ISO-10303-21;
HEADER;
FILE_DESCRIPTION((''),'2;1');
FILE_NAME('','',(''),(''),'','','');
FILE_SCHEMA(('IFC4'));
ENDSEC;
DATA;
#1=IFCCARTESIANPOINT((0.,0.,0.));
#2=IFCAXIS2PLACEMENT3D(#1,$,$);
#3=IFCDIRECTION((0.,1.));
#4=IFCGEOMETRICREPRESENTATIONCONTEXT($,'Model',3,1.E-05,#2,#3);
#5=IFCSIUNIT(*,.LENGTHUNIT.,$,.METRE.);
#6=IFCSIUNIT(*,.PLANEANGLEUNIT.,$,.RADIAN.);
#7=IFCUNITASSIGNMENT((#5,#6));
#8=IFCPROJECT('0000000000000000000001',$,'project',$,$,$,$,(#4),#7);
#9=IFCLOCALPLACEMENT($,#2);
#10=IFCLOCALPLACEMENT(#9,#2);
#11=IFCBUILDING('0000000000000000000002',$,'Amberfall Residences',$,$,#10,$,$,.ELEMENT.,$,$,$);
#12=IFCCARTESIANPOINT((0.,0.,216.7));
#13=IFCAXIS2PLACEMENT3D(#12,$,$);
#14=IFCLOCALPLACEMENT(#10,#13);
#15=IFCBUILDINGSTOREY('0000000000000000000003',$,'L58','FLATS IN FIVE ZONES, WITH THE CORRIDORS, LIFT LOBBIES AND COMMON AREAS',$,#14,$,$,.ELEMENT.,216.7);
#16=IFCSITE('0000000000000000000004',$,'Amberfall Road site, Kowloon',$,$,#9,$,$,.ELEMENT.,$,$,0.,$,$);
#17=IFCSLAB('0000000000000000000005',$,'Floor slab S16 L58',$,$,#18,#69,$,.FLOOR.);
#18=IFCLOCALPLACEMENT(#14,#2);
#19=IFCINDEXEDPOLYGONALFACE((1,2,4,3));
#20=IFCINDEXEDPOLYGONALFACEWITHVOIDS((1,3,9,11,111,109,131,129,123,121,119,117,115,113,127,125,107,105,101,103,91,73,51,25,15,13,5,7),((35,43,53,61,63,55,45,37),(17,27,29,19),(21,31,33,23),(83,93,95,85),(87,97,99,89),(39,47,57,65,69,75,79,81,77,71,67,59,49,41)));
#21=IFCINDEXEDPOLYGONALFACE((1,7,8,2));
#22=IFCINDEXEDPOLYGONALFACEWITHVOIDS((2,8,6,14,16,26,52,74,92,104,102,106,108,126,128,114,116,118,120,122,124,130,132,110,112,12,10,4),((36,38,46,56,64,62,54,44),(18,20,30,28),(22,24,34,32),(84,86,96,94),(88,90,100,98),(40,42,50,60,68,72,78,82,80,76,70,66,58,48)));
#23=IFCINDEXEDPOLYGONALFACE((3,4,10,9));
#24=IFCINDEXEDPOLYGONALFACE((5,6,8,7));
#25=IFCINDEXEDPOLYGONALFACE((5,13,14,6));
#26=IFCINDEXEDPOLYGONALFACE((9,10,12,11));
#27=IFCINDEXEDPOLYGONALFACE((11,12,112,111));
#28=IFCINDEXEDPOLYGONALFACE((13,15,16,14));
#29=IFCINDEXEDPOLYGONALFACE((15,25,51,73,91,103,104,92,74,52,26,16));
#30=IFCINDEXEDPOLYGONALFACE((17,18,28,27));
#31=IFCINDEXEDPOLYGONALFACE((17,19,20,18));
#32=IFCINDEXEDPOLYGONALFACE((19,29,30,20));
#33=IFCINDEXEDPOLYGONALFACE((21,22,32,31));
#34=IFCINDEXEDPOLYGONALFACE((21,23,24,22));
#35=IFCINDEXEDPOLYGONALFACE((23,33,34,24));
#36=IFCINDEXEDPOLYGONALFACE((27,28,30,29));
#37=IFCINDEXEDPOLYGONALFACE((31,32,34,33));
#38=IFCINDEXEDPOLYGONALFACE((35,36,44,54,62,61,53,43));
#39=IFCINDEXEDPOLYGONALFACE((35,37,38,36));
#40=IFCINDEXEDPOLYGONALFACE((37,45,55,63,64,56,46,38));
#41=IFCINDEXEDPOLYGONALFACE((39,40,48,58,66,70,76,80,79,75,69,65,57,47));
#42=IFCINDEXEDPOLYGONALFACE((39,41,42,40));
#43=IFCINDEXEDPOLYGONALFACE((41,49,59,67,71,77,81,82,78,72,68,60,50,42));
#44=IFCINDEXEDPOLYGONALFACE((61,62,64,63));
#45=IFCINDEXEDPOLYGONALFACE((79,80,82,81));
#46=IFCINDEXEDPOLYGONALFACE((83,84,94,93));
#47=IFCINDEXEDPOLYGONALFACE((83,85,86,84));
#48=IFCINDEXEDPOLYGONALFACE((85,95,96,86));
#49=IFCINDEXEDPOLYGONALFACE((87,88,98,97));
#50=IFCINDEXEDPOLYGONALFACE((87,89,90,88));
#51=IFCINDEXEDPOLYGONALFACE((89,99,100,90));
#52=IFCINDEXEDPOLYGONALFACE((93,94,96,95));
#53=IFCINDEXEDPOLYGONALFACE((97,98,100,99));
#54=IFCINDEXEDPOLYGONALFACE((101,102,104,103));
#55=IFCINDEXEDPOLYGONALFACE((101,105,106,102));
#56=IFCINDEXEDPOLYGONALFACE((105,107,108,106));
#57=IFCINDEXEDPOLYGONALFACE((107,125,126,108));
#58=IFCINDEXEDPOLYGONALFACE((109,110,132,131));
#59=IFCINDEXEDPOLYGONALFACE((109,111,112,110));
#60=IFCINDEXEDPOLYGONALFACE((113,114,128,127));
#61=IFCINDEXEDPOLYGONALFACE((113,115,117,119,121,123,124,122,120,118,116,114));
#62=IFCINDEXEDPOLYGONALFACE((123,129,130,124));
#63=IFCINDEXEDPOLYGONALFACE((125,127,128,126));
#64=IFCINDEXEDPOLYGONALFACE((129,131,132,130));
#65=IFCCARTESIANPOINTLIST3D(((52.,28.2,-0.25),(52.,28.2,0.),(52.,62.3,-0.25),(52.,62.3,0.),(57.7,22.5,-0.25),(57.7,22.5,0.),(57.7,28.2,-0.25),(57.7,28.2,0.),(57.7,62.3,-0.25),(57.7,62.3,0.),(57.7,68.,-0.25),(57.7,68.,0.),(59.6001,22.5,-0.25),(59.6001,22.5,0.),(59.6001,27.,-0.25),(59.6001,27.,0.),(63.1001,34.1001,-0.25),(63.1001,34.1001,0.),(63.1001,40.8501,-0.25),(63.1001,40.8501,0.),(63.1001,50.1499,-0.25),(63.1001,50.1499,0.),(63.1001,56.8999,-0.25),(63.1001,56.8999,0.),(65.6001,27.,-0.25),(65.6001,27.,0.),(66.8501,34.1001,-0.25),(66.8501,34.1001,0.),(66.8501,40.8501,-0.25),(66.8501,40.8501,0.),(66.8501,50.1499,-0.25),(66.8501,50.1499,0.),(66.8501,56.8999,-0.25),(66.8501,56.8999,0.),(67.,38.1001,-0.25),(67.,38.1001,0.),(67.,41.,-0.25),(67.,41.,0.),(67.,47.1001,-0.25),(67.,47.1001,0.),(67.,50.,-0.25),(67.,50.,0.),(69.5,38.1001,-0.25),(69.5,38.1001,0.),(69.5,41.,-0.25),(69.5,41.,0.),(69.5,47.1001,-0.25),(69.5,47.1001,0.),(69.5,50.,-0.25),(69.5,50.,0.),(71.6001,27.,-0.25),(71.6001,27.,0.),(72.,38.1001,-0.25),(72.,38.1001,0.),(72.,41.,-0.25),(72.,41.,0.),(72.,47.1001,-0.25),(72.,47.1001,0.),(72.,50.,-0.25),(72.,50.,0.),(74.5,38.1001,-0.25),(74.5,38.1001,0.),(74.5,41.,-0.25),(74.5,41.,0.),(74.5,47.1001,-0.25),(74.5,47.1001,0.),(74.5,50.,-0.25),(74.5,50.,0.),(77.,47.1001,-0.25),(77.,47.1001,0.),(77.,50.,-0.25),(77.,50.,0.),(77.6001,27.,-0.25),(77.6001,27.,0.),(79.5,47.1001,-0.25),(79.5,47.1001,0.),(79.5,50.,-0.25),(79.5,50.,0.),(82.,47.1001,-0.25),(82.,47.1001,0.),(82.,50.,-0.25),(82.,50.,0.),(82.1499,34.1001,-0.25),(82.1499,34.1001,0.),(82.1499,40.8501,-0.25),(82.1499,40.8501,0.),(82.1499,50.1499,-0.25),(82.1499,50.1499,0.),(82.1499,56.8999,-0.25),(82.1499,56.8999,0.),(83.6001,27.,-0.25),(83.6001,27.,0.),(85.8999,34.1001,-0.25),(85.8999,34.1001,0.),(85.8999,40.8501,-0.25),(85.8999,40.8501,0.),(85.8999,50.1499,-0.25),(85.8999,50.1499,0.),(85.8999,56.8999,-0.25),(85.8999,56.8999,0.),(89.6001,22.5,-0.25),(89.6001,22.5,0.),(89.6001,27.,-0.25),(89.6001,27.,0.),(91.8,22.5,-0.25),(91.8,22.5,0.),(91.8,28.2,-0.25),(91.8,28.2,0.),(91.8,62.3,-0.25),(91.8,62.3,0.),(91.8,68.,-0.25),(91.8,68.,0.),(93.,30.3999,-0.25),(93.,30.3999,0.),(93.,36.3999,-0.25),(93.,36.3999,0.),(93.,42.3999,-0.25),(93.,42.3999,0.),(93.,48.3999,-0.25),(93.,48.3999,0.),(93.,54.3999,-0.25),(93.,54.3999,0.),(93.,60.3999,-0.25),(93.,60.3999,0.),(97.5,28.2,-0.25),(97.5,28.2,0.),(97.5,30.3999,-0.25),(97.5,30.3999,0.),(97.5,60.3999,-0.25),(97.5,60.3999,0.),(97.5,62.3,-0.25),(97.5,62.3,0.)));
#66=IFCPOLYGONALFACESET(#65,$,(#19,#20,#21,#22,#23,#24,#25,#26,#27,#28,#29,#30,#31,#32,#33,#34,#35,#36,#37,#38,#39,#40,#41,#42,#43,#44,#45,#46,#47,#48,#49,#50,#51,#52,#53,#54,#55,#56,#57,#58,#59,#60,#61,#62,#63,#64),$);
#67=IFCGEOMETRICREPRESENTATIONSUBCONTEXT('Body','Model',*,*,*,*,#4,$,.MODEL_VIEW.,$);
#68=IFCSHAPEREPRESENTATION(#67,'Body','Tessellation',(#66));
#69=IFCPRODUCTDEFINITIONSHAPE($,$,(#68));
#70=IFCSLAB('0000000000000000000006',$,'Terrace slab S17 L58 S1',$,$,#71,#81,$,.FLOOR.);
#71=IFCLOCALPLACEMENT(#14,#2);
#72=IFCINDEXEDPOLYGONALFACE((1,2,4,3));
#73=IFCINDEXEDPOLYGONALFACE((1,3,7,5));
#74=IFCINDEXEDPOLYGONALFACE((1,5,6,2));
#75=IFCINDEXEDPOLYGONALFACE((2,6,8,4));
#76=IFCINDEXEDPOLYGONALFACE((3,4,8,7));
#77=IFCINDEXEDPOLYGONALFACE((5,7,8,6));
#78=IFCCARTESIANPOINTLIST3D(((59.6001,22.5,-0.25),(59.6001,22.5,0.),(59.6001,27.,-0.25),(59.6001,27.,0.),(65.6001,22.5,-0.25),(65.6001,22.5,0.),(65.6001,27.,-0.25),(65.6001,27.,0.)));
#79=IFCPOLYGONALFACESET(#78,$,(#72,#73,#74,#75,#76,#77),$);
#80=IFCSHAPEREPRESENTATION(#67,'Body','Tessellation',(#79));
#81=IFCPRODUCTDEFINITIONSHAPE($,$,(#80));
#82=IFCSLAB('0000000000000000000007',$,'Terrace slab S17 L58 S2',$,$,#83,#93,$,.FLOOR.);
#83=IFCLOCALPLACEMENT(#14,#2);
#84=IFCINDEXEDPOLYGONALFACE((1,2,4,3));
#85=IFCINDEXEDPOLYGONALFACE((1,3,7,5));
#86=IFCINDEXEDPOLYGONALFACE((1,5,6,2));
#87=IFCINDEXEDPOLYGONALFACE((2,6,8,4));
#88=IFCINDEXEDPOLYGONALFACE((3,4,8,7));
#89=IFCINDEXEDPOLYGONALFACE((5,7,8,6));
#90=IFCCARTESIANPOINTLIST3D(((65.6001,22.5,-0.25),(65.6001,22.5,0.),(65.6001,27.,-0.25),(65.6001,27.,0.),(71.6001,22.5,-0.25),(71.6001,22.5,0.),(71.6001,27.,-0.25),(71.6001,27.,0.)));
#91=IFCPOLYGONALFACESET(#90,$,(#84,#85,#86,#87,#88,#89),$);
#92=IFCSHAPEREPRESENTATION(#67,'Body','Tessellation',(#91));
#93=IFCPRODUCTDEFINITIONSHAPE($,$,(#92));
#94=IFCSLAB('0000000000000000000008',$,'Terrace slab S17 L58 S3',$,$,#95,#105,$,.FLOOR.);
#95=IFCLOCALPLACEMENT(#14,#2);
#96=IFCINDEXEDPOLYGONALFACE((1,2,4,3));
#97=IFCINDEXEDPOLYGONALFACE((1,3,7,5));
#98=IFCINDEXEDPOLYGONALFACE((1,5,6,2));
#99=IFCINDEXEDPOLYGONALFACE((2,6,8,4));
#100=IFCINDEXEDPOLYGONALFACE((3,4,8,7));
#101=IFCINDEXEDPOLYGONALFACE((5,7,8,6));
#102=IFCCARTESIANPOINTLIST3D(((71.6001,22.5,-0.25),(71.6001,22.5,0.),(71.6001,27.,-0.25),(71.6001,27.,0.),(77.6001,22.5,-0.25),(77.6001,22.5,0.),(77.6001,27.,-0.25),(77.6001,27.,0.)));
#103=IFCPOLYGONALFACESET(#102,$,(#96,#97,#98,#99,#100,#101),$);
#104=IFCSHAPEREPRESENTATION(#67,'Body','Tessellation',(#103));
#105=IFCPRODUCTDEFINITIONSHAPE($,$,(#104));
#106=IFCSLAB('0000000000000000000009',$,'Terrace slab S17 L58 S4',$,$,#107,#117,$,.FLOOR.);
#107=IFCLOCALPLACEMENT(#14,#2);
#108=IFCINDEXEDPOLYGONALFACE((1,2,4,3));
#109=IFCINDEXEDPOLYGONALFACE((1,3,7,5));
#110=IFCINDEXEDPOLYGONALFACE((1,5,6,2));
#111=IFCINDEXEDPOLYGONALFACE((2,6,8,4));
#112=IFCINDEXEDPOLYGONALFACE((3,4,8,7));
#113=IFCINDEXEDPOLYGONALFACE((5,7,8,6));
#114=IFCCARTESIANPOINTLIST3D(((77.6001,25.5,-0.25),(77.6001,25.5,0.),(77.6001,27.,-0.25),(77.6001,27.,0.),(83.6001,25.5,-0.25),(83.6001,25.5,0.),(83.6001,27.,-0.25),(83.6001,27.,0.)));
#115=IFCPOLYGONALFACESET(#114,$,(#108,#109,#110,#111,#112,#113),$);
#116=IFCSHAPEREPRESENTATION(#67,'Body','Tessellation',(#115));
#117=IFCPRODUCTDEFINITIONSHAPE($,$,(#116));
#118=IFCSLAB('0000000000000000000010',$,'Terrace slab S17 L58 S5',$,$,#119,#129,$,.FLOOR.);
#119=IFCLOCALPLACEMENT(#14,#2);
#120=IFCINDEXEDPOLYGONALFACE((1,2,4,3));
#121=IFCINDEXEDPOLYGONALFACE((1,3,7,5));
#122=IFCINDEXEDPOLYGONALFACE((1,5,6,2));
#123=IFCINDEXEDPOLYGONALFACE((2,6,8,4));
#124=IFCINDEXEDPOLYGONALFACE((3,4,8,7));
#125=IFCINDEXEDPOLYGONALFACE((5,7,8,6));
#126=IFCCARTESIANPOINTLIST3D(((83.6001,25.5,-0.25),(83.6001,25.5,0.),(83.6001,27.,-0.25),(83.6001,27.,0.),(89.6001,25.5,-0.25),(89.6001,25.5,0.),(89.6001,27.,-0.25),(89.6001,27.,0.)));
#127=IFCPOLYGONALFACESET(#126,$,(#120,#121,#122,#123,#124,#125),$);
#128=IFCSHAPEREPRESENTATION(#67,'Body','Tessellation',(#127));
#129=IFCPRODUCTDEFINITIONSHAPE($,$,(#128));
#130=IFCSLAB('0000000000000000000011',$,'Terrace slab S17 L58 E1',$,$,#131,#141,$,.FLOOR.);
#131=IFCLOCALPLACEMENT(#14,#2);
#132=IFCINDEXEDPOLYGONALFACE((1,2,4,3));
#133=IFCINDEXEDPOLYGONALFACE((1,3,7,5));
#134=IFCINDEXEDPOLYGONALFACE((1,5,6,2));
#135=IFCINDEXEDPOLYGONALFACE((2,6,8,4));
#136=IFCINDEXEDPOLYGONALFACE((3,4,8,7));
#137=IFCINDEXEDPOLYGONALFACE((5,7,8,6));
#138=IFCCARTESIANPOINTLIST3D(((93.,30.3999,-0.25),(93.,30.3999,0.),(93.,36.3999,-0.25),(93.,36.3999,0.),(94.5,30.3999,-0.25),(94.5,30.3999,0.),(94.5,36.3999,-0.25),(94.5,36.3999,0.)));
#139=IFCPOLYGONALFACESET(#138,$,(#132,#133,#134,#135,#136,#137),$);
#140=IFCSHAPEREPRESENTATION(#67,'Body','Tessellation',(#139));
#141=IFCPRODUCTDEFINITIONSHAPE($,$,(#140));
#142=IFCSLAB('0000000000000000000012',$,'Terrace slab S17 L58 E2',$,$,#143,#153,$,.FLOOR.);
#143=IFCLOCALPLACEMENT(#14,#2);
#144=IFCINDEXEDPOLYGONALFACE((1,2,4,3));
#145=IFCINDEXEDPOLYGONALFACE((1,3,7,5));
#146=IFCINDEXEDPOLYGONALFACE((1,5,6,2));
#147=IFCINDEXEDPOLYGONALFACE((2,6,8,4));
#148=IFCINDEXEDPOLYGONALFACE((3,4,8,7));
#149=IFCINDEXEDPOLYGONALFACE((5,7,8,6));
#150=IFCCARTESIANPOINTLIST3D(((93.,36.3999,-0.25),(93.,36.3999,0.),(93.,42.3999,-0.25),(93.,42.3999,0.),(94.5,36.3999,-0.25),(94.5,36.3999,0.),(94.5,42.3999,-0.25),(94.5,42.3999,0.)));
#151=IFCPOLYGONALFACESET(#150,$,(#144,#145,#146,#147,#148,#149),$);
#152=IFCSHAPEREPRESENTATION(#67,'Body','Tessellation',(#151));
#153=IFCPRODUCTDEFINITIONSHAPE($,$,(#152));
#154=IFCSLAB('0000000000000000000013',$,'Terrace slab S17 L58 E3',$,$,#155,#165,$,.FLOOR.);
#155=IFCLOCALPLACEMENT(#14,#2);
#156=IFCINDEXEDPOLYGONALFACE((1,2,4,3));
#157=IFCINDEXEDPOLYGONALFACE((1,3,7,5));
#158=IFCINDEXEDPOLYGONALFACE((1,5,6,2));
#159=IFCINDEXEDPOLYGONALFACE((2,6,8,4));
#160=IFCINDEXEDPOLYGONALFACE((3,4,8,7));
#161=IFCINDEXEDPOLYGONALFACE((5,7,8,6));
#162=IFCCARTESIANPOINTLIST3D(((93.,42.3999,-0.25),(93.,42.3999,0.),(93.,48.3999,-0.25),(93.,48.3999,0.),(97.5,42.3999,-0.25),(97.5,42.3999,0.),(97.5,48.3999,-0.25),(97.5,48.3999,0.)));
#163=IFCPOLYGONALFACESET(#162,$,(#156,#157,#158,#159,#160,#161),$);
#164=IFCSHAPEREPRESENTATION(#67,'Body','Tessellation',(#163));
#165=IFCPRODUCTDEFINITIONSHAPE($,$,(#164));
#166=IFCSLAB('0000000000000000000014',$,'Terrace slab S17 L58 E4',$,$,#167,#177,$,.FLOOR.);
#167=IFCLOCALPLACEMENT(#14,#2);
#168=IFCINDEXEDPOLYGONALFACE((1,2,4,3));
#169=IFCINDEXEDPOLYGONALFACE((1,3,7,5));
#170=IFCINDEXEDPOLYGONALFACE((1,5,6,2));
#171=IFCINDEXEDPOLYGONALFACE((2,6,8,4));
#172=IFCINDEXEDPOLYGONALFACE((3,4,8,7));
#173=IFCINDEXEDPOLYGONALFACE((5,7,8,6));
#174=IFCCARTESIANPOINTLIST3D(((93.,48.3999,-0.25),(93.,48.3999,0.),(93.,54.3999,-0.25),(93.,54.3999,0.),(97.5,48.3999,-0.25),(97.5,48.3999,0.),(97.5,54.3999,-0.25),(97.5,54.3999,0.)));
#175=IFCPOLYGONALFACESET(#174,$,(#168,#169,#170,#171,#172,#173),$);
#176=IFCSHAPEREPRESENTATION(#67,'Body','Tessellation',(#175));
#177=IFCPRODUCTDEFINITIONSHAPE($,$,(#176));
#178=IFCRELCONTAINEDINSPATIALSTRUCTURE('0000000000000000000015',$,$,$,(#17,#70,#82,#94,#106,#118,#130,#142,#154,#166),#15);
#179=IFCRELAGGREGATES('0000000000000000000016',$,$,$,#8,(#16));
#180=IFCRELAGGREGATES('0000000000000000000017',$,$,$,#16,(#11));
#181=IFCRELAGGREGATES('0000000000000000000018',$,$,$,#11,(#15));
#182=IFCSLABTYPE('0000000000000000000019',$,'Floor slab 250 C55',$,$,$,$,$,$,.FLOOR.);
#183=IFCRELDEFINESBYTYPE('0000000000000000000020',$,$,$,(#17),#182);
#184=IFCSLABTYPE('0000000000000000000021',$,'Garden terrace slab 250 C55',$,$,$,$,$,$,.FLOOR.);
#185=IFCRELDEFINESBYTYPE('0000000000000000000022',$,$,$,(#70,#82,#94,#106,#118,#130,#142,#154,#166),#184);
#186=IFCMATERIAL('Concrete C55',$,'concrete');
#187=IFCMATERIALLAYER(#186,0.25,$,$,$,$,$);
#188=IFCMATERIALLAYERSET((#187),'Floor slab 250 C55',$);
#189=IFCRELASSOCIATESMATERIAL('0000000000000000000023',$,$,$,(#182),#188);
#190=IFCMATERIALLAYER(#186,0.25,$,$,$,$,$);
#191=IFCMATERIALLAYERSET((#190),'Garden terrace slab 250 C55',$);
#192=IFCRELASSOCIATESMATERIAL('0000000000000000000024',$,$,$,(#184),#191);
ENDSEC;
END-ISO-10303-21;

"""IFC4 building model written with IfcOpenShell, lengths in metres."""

from ifc_helpers import new_model, si_unit, direction, frame, origin, place, context, subcontext, project, spatial, polyline, outline, extrude, material, layer, layer_set, type_object, element, save


model = new_model("IFC4")

# Units and contexts
model_context = context("Model", 3, precision=1e-05, world=origin(), true_north=direction((0.0, 1.0)))
body_context = subcontext(model_context, "Body", "Model", "MODEL_VIEW")
ifc_project = project(units=[si_unit("LENGTHUNIT", "METRE"), si_unit("PLANEANGLEUNIT", "RADIAN")], contexts=[model_context])

# Site, building, storey
site_placement = place(None, origin())
site = spatial("IfcSite", under=ifc_project, at=site_placement, Name="Amberfall Road site, Kowloon", CompositionType="ELEMENT", RefElevation=0.0)
building_placement = place(site_placement, origin())
building = spatial("IfcBuilding", under=site, at=building_placement, Name="Amberfall Residences", CompositionType="ELEMENT")
storey_placement = place(building_placement, frame((0.0, 0.0, 216.7)))
storey = spatial("IfcBuildingStorey", under=building, at=storey_placement, Name="L58", Description="FLATS IN FIVE ZONES, WITH THE CORRIDORS, LIFT LOBBIES AND COMMON AREAS", CompositionType="ELEMENT", Elevation=216.7)

# Slabs
ifc_material_1 = material(Name="Concrete C55", Category="concrete")
ifc_layer_1 = layer(ifc_material_1, 0.25)
ifc_layer_set_1 = layer_set([ifc_layer_1], Name="Floor slab 250 C55")
slab_type_1 = type_object("IfcSlabType", Name="Floor slab 250 C55", PredefinedType="FLOOR", material=ifc_layer_set_1)
slab_1_placement = place(storey_placement, frame((0.0, 0.0, -0.25)))
element("IfcSlab", 1, at=slab_1_placement, inside=storey, type_object=slab_type_1, Name="Floor slab S16 L58", PredefinedType="FLOOR", context=body_context, shape_type="SweptSolid", body=[
    extrude(outline(polyline([(89.6001, 22.5), (89.6001, 27.0), (83.6001, 27.0), (77.6001, 27.0), (71.6001, 27.0), (65.6001, 27.0), (59.6001, 27.0), (59.6001, 22.5), (57.7, 22.5), (57.7, 28.2), (52.0, 28.2), (52.0, 62.3), (57.7, 62.3), (57.7, 68.0), (91.8, 68.0), (91.8, 62.3), (97.5, 62.3), (97.5, 60.3999), (93.0, 60.3999), (93.0, 54.3999), (93.0, 48.3999), (93.0, 42.3999), (93.0, 36.3999), (93.0, 30.3999), (97.5, 30.3999), (97.5, 28.2), (91.8, 28.2), (91.8, 22.5), (89.6001, 22.5)]), holes=[polyline([(85.8999, 34.1001), (85.8999, 40.8501), (82.1499, 40.8501), (82.1499, 34.1001), (85.8999, 34.1001)]), polyline([(85.8999, 50.1499), (85.8999, 56.8999), (82.1499, 56.8999), (82.1499, 50.1499), (85.8999, 50.1499)]), polyline([(67.0, 50.0), (67.0, 47.1001), (69.5, 47.1001), (72.0, 47.1001), (74.5, 47.1001), (77.0, 47.1001), (79.5, 47.1001), (82.0, 47.1001), (82.0, 50.0), (79.5, 50.0), (77.0, 50.0), (74.5, 50.0), (72.0, 50.0), (69.5, 50.0), (67.0, 50.0)]), polyline([(69.5, 41.0), (67.0, 41.0), (67.0, 38.1001), (69.5, 38.1001), (72.0, 38.1001), (74.5, 38.1001), (74.5, 41.0), (72.0, 41.0), (69.5, 41.0)]), polyline([(66.8501, 40.8501), (63.1001, 40.8501), (63.1001, 34.1001), (66.8501, 34.1001), (66.8501, 40.8501)]), polyline([(66.8501, 56.8999), (63.1001, 56.8999), (63.1001, 50.1499), (66.8501, 50.1499), (66.8501, 56.8999)])]), origin(), (0.0, 0.0, 1.0), 0.25),
])
ifc_layer_2 = layer(ifc_material_1, 0.25)
ifc_layer_set_2 = layer_set([ifc_layer_2], Name="Garden terrace slab 250 C55")
slab_type_2 = type_object("IfcSlabType", Name="Garden terrace slab 250 C55", PredefinedType="FLOOR", material=ifc_layer_set_2)
slab_2_placement = place(storey_placement, frame((0.0, 0.0, -0.25)))
element("IfcSlab", 2, at=slab_2_placement, inside=storey, type_object=slab_type_2, Name="Terrace slab S17 L58 S1", PredefinedType="FLOOR", context=body_context, shape_type="SweptSolid", body=[
    extrude(outline(polyline([(65.6001, 22.5), (65.6001, 27.0), (59.6001, 27.0), (59.6001, 22.5), (65.6001, 22.5)])), origin(), (0.0, 0.0, 1.0), 0.25),
])
slab_3_placement = place(storey_placement, frame((0.0, 0.0, -0.25)))
element("IfcSlab", 3, at=slab_3_placement, inside=storey, type_object=slab_type_2, Name="Terrace slab S17 L58 S2", PredefinedType="FLOOR", context=body_context, shape_type="SweptSolid", body=[
    extrude(outline(polyline([(71.6001, 22.5), (71.6001, 27.0), (65.6001, 27.0), (65.6001, 22.5), (71.6001, 22.5)])), origin(), (0.0, 0.0, 1.0), 0.25),
])
slab_4_placement = place(storey_placement, frame((0.0, 0.0, -0.25)))
element("IfcSlab", 4, at=slab_4_placement, inside=storey, type_object=slab_type_2, Name="Terrace slab S17 L58 S3", PredefinedType="FLOOR", context=body_context, shape_type="SweptSolid", body=[
    extrude(outline(polyline([(77.6001, 22.5), (77.6001, 27.0), (71.6001, 27.0), (71.6001, 22.5), (77.6001, 22.5)])), origin(), (0.0, 0.0, 1.0), 0.25),
])
slab_5_placement = place(storey_placement, frame((0.0, 0.0, -0.25)))
element("IfcSlab", 5, at=slab_5_placement, inside=storey, type_object=slab_type_2, Name="Terrace slab S17 L58 S4", PredefinedType="FLOOR", context=body_context, shape_type="SweptSolid", body=[
    extrude(outline(polyline([(77.6001, 27.0), (83.6001, 27.0), (83.6001, 25.5), (77.6001, 25.5), (77.6001, 27.0)])), origin(), (0.0, 0.0, 1.0), 0.25),
])
slab_6_placement = place(storey_placement, frame((0.0, 0.0, -0.25)))
element("IfcSlab", 6, at=slab_6_placement, inside=storey, type_object=slab_type_2, Name="Terrace slab S17 L58 S5", PredefinedType="FLOOR", context=body_context, shape_type="SweptSolid", body=[
    extrude(outline(polyline([(83.6001, 27.0), (89.6001, 27.0), (89.6001, 25.5), (83.6001, 25.5), (83.6001, 27.0)])), origin(), (0.0, 0.0, 1.0), 0.25),
])
slab_7_placement = place(storey_placement, frame((0.0, 0.0, -0.25)))
element("IfcSlab", 7, at=slab_7_placement, inside=storey, type_object=slab_type_2, Name="Terrace slab S17 L58 E1", PredefinedType="FLOOR", context=body_context, shape_type="SweptSolid", body=[
    extrude(outline(polyline([(93.0, 30.3999), (93.0, 36.3999), (94.5, 36.3999), (94.5, 30.3999), (93.0, 30.3999)])), origin(), (0.0, 0.0, 1.0), 0.25),
])
slab_8_placement = place(storey_placement, frame((0.0, 0.0, -0.25)))
element("IfcSlab", 8, at=slab_8_placement, inside=storey, type_object=slab_type_2, Name="Terrace slab S17 L58 E2", PredefinedType="FLOOR", context=body_context, shape_type="SweptSolid", body=[
    extrude(outline(polyline([(93.0, 36.3999), (93.0, 42.3999), (94.5, 42.3999), (94.5, 36.3999), (93.0, 36.3999)])), origin(), (0.0, 0.0, 1.0), 0.25),
])
slab_9_placement = place(storey_placement, frame((0.0, 0.0, -0.25)))
element("IfcSlab", 9, at=slab_9_placement, inside=storey, type_object=slab_type_2, Name="Terrace slab S17 L58 E3", PredefinedType="FLOOR", context=body_context, shape_type="SweptSolid", body=[
    extrude(outline(polyline([(97.5, 42.3999), (97.5, 48.3999), (93.0, 48.3999), (93.0, 42.3999), (97.5, 42.3999)])), origin(), (0.0, 0.0, 1.0), 0.25),
])
slab_10_placement = place(storey_placement, frame((0.0, 0.0, -0.25)))
element("IfcSlab", 10, at=slab_10_placement, inside=storey, type_object=slab_type_2, Name="Terrace slab S17 L58 E4", PredefinedType="FLOOR", context=body_context, shape_type="SweptSolid", body=[
    extrude(outline(polyline([(97.5, 48.3999), (97.5, 54.3999), (93.0, 54.3999), (93.0, 48.3999), (97.5, 48.3999)])), origin(), (0.0, 0.0, 1.0), 0.25),
])

save(model, "model.ifc")
